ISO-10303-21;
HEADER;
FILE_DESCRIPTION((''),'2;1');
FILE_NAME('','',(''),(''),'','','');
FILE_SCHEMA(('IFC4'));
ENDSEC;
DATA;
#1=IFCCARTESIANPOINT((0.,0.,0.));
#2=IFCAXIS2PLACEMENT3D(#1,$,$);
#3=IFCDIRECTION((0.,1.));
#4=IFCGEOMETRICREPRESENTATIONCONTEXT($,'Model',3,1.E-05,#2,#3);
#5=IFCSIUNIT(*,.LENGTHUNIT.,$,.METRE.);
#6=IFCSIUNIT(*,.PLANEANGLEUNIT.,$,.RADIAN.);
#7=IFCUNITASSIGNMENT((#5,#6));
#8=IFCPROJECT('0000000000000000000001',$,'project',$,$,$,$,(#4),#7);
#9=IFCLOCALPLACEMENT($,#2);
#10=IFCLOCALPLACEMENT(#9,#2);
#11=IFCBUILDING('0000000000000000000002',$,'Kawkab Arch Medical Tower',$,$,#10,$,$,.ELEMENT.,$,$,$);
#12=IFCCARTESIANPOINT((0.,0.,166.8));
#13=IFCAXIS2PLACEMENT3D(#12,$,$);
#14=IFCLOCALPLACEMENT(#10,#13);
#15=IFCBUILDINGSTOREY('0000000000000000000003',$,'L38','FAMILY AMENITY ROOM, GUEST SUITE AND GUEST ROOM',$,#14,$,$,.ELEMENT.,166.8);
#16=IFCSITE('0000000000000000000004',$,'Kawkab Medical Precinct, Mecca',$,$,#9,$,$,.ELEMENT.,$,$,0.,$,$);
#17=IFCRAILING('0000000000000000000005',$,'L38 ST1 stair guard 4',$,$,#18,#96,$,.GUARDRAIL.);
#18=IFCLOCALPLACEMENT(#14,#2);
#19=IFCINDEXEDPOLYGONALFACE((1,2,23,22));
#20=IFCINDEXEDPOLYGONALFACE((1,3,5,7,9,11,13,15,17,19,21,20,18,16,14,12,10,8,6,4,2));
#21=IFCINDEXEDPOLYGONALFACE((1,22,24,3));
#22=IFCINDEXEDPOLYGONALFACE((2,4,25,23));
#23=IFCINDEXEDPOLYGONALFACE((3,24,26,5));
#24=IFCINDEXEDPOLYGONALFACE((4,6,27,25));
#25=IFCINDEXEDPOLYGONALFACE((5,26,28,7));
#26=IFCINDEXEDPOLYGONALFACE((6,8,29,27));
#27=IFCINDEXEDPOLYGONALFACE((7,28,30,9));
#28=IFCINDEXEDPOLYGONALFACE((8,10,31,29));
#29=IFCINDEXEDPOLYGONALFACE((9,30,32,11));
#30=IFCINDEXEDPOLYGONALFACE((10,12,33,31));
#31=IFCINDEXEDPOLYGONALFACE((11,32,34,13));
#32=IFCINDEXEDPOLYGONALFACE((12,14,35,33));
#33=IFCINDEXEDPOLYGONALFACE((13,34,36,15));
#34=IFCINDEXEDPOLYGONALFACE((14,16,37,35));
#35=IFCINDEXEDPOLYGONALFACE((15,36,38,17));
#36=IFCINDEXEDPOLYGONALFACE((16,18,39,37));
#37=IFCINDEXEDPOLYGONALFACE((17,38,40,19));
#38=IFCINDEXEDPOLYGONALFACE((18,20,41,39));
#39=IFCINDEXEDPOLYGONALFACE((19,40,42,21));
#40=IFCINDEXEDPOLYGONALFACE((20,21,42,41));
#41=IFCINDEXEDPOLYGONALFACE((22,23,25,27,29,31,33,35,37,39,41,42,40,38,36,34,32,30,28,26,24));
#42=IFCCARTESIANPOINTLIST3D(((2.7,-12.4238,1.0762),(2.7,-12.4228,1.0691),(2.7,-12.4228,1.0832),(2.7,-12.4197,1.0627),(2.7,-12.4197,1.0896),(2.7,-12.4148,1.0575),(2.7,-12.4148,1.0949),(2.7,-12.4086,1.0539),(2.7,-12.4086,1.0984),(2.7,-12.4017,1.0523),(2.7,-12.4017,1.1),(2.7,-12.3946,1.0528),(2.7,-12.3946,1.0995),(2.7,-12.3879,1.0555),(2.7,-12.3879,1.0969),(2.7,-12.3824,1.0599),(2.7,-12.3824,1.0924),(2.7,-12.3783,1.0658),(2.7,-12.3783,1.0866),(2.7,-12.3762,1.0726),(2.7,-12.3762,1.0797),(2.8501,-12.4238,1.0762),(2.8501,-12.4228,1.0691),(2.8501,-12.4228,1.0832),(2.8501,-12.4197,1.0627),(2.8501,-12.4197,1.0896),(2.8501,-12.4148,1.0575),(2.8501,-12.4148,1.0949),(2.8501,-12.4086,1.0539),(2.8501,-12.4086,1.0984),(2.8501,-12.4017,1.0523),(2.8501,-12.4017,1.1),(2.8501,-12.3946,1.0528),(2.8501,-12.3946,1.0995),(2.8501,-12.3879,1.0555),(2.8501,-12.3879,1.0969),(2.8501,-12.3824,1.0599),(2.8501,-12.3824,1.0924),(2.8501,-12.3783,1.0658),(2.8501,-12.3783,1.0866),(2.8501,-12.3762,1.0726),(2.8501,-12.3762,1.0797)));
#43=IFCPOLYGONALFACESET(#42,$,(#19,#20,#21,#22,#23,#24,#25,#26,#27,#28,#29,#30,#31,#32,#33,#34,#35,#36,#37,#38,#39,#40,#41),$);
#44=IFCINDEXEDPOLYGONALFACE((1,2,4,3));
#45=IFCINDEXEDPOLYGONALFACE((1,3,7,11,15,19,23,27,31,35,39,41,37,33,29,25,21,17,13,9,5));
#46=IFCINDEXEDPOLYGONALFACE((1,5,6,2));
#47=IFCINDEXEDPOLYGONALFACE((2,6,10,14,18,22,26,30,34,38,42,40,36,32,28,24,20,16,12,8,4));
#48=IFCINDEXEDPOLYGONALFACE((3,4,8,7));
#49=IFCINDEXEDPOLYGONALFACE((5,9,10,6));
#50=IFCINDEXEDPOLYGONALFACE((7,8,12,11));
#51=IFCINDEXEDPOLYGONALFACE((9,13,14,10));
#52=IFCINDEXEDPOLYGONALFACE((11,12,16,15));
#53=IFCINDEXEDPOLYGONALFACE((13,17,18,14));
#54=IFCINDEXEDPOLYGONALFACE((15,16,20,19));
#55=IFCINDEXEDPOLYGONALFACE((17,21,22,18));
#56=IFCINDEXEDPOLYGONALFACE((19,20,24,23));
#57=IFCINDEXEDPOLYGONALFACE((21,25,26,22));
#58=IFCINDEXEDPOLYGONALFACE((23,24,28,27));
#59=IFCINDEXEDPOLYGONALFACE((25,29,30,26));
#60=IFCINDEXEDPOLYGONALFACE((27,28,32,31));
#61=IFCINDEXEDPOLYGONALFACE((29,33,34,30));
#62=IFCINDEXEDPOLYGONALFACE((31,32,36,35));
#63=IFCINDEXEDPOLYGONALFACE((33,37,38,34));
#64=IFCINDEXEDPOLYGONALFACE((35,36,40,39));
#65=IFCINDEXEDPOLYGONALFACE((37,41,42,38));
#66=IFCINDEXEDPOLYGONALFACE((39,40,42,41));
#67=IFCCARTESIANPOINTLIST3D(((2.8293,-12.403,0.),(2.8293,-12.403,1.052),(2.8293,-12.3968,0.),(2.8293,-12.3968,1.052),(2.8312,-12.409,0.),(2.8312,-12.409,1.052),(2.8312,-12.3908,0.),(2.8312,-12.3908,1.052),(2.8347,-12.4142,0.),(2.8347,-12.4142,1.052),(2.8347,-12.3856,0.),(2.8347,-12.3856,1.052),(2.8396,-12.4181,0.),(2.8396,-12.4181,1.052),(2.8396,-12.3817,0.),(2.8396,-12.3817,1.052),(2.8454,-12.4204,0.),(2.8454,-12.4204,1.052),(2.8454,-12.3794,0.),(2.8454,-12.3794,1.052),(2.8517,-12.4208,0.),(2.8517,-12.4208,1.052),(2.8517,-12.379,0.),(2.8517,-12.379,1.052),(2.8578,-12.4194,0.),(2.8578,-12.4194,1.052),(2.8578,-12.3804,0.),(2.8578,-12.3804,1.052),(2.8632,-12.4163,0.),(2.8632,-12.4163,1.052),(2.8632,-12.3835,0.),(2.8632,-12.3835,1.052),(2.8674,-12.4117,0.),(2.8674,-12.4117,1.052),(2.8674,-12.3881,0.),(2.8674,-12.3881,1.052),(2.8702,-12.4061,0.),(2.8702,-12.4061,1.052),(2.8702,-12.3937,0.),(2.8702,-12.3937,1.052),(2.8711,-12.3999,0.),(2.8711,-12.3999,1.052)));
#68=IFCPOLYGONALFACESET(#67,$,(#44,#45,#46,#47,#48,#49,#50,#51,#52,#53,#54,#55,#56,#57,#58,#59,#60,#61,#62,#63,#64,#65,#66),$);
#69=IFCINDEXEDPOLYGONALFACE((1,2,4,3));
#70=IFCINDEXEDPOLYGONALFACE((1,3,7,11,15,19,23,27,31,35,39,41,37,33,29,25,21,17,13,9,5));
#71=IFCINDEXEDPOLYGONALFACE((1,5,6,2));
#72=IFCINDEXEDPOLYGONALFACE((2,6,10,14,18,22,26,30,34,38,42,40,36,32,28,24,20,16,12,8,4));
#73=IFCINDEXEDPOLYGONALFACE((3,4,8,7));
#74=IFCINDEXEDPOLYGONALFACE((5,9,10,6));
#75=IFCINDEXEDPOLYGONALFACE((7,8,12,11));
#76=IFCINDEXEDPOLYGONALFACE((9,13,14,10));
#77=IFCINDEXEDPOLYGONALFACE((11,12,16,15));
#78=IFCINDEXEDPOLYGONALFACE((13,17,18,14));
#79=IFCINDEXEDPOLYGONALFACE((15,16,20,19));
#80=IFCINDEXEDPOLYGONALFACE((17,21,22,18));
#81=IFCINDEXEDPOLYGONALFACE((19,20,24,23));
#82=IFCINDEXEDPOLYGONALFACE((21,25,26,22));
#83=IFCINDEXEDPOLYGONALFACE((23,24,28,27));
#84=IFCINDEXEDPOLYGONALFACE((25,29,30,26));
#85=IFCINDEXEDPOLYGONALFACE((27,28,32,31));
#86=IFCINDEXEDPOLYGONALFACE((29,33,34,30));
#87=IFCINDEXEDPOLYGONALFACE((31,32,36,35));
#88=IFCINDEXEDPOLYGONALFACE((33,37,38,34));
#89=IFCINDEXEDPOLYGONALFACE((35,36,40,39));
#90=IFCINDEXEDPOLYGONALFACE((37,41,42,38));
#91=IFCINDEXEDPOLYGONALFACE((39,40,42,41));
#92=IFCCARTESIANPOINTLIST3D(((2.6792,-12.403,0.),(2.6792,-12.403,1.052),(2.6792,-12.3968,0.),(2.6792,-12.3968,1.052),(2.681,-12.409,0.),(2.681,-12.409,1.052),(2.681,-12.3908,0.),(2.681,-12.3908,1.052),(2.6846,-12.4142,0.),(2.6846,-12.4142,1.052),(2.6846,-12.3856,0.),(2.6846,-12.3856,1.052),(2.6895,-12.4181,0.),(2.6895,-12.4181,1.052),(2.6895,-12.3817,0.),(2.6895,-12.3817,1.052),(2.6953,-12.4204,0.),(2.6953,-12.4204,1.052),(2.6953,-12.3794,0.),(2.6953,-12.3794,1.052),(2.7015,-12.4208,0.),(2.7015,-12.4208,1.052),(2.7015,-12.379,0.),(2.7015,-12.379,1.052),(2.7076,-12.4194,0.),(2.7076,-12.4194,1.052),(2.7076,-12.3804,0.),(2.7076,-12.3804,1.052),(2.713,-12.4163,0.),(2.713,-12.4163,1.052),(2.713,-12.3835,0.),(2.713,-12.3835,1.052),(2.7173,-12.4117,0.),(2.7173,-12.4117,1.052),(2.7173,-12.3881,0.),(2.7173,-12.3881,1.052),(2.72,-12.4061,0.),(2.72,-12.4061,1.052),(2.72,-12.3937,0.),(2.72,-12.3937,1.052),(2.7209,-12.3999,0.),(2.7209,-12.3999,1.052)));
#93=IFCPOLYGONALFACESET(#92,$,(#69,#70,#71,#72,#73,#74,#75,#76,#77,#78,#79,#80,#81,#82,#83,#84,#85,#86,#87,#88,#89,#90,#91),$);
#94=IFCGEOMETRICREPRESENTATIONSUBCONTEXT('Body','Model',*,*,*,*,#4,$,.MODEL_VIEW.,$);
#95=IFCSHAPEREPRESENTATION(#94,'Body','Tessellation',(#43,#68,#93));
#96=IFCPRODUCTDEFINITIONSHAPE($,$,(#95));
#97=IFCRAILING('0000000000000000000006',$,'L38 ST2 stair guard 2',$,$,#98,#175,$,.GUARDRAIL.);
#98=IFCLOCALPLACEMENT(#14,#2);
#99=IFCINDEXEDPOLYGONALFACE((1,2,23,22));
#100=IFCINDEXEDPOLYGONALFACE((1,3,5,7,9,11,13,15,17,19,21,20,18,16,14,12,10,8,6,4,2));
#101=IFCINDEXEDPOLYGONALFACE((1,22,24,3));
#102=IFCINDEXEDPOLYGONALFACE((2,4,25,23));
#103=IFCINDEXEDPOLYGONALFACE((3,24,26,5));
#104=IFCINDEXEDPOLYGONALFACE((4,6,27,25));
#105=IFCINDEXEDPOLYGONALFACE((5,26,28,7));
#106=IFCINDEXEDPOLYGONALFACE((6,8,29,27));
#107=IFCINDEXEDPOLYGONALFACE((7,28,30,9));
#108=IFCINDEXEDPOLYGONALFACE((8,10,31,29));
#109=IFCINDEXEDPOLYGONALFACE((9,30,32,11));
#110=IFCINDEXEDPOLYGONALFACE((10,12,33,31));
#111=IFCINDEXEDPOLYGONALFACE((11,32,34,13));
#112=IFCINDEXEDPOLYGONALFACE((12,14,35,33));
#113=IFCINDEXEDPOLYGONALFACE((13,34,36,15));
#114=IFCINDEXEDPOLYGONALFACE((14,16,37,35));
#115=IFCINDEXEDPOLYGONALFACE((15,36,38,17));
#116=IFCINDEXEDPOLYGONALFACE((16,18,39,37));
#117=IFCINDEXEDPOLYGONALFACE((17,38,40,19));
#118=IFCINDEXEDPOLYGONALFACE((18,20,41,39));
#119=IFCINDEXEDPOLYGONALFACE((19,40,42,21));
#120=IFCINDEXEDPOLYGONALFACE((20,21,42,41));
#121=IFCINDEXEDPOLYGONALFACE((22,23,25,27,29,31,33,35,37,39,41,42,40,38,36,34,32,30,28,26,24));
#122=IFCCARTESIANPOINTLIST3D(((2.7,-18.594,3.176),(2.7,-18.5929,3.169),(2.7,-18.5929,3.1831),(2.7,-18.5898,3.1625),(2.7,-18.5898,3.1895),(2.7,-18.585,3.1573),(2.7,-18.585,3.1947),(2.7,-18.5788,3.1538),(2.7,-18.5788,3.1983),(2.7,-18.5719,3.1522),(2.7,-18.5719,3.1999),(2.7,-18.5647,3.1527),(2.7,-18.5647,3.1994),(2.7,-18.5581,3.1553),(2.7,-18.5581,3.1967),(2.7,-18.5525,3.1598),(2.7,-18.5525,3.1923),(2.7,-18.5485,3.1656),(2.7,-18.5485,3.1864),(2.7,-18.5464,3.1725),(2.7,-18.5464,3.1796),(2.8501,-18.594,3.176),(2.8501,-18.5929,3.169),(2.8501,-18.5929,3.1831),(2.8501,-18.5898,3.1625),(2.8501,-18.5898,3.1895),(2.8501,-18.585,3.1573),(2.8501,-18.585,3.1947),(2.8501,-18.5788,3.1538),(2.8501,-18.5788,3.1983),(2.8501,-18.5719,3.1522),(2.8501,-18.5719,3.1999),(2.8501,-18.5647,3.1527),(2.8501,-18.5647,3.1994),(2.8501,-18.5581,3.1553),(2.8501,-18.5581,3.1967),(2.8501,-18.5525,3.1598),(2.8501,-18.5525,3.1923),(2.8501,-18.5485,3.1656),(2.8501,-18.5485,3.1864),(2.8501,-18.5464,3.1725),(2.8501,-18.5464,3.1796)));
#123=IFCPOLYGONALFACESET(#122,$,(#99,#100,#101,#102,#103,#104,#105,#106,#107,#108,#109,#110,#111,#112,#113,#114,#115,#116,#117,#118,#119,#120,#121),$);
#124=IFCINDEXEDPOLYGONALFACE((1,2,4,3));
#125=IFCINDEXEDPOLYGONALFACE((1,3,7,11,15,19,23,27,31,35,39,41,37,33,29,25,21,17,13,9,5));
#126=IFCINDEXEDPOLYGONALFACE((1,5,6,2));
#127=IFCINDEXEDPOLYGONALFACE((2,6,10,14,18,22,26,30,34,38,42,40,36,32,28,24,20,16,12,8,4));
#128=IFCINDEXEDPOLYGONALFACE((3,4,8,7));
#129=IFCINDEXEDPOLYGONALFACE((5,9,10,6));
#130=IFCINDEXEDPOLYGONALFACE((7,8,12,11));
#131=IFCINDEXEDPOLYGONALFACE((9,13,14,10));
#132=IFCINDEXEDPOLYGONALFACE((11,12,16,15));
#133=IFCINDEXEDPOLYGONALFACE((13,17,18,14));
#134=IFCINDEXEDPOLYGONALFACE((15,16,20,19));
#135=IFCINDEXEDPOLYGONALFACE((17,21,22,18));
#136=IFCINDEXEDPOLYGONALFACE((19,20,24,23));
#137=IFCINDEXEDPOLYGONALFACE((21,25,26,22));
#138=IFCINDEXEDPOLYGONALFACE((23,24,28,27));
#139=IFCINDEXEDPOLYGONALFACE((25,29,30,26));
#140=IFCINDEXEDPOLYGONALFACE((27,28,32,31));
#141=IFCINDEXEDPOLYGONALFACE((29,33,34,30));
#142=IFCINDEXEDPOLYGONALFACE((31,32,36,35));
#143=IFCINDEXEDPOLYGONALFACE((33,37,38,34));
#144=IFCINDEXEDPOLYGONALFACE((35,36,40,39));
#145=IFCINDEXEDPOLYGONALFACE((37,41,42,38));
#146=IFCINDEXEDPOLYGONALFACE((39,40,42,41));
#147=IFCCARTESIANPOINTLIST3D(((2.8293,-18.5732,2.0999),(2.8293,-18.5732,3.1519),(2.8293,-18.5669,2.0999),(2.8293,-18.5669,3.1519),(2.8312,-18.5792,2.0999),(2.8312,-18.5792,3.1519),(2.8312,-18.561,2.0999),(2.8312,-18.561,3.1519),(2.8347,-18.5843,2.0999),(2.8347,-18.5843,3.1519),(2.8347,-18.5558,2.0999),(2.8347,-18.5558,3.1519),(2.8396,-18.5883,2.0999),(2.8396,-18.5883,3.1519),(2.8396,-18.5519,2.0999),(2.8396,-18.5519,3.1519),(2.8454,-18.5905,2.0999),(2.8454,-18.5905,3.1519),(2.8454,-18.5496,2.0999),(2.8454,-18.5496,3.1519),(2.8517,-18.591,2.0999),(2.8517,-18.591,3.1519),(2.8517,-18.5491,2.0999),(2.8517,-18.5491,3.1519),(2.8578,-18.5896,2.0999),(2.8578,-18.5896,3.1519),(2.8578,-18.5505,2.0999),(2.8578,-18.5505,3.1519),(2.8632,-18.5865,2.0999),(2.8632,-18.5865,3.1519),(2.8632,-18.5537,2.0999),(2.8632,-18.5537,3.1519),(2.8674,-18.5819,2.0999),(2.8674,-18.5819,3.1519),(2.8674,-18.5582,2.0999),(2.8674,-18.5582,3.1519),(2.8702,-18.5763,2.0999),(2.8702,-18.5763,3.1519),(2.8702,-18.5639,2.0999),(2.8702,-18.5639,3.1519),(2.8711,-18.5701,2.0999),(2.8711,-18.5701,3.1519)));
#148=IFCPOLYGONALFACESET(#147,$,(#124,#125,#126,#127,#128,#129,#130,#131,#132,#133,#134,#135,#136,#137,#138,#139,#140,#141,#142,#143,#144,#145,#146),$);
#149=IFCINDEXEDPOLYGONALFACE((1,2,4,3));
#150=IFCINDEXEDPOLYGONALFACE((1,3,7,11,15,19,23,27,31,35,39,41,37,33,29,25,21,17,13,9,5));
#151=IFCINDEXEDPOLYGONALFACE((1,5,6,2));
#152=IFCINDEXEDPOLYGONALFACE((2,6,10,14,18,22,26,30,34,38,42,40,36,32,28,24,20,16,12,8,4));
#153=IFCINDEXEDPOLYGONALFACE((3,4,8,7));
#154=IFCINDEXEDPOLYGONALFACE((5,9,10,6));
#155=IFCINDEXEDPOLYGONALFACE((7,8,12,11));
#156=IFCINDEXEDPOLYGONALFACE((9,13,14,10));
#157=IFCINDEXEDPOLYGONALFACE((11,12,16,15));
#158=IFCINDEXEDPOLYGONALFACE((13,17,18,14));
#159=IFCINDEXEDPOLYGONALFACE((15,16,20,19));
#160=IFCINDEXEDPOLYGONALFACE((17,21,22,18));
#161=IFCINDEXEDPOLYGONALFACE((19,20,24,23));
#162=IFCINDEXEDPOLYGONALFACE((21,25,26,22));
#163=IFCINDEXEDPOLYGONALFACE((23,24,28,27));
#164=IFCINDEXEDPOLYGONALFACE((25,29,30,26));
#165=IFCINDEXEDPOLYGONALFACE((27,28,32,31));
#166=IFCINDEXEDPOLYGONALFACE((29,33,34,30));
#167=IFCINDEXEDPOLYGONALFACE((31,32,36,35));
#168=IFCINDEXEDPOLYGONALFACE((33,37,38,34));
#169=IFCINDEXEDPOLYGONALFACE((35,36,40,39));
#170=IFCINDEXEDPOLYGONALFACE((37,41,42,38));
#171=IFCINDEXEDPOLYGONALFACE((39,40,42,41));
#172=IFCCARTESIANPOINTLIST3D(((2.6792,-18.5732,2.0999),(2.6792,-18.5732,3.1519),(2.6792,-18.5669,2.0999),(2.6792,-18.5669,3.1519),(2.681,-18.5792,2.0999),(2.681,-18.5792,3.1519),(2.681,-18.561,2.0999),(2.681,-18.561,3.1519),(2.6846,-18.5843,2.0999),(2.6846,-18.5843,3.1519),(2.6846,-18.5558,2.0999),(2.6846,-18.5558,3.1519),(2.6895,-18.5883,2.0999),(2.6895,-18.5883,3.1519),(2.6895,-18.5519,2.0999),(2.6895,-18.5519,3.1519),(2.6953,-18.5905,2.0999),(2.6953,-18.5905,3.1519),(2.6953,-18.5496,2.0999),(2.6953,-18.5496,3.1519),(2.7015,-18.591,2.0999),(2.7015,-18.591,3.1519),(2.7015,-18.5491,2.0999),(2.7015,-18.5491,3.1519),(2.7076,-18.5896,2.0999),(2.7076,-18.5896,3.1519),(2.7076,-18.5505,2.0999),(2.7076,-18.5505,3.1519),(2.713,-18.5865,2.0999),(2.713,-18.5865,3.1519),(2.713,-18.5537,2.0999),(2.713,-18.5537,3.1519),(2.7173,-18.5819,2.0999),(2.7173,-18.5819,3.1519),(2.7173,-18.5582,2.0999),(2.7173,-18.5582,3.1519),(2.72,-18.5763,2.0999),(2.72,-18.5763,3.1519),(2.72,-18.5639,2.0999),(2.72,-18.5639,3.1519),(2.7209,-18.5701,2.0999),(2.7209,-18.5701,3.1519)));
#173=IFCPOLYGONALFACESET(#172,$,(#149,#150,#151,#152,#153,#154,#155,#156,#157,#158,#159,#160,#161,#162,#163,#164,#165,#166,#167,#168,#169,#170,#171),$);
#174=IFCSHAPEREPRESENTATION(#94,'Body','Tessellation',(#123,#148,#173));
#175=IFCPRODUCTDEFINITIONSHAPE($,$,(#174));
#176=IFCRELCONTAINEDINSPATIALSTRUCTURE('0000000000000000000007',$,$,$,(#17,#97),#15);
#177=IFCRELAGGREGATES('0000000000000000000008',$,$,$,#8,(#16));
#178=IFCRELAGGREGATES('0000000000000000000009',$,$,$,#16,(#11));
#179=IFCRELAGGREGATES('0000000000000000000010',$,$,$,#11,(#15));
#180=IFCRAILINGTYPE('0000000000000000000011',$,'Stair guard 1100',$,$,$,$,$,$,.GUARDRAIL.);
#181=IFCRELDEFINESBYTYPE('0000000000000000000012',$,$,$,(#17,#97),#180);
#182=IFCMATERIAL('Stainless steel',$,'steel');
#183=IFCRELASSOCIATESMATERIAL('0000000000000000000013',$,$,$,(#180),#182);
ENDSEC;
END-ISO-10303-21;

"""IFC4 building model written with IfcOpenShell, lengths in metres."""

from ifc_helpers import new_model, si_unit, direction, frame, origin, origin_2d, place, context, subcontext, project, spatial, circle, extrude, material, type_object, element, save


model = new_model("IFC4")

# Units and contexts
model_context = context("Model", 3, precision=1e-05, world=origin(), true_north=direction((0.0, 1.0)))
body_context = subcontext(model_context, "Body", "Model", "MODEL_VIEW")
ifc_project = project(units=[si_unit("LENGTHUNIT", "METRE"), si_unit("PLANEANGLEUNIT", "RADIAN")], contexts=[model_context])

# Site, building, storey
site_placement = place(None, origin())
site = spatial("IfcSite", under=ifc_project, at=site_placement, Name="Kawkab Medical Precinct, Mecca", CompositionType="ELEMENT", RefElevation=0.0)
building_placement = place(site_placement, origin())
building = spatial("IfcBuilding", under=site, at=building_placement, Name="Kawkab Arch Medical Tower", CompositionType="ELEMENT")
storey_placement = place(building_placement, frame((0.0, 0.0, 166.8)))
storey = spatial("IfcBuildingStorey", under=building, at=storey_placement, Name="L38", Description="FAMILY AMENITY ROOM, GUEST SUITE AND GUEST ROOM", CompositionType="ELEMENT", Elevation=166.8)

# Railings
ifc_material_1 = material(Name="Stainless steel", Category="steel")
railing_type_1 = type_object("IfcRailingType", Name="Stair guard 1100", PredefinedType="GUARDRAIL", material=ifc_material_1)
for number, where, name in (
    (1, (2.8501, -12.3999, 0.0), "L38 ST1 stair guard 4"),
    (2, (2.8501, -18.5701, 2.0999), "L38 ST2 stair guard 2"),
):
    element("IfcRailing", number, at=place(storey_placement, frame(where)), inside=storey, type_object=railing_type_1, Name=name, PredefinedType="GUARDRAIL", context=body_context, shape_type="SweptSolid", body=[
        extrude(circle(Radius=0.0239, at=origin_2d()), frame((0.0, 0.0, 1.0762), z_axis=(-1.0, 0.0, 0.0), x_axis=(0.0, -1.0, 0.0)), (0.0, 0.0, 1.0), 0.1501),
        extrude(circle(Radius=0.021, at=origin_2d()), origin(), (0.0, 0.0, 1.0), 1.052),
        extrude(circle(Radius=0.021, at=origin_2d()), frame((-0.1501, 0.0, 0.0)), (0.0, 0.0, 1.0), 1.052),
    ])

save(model, "model.ifc")
